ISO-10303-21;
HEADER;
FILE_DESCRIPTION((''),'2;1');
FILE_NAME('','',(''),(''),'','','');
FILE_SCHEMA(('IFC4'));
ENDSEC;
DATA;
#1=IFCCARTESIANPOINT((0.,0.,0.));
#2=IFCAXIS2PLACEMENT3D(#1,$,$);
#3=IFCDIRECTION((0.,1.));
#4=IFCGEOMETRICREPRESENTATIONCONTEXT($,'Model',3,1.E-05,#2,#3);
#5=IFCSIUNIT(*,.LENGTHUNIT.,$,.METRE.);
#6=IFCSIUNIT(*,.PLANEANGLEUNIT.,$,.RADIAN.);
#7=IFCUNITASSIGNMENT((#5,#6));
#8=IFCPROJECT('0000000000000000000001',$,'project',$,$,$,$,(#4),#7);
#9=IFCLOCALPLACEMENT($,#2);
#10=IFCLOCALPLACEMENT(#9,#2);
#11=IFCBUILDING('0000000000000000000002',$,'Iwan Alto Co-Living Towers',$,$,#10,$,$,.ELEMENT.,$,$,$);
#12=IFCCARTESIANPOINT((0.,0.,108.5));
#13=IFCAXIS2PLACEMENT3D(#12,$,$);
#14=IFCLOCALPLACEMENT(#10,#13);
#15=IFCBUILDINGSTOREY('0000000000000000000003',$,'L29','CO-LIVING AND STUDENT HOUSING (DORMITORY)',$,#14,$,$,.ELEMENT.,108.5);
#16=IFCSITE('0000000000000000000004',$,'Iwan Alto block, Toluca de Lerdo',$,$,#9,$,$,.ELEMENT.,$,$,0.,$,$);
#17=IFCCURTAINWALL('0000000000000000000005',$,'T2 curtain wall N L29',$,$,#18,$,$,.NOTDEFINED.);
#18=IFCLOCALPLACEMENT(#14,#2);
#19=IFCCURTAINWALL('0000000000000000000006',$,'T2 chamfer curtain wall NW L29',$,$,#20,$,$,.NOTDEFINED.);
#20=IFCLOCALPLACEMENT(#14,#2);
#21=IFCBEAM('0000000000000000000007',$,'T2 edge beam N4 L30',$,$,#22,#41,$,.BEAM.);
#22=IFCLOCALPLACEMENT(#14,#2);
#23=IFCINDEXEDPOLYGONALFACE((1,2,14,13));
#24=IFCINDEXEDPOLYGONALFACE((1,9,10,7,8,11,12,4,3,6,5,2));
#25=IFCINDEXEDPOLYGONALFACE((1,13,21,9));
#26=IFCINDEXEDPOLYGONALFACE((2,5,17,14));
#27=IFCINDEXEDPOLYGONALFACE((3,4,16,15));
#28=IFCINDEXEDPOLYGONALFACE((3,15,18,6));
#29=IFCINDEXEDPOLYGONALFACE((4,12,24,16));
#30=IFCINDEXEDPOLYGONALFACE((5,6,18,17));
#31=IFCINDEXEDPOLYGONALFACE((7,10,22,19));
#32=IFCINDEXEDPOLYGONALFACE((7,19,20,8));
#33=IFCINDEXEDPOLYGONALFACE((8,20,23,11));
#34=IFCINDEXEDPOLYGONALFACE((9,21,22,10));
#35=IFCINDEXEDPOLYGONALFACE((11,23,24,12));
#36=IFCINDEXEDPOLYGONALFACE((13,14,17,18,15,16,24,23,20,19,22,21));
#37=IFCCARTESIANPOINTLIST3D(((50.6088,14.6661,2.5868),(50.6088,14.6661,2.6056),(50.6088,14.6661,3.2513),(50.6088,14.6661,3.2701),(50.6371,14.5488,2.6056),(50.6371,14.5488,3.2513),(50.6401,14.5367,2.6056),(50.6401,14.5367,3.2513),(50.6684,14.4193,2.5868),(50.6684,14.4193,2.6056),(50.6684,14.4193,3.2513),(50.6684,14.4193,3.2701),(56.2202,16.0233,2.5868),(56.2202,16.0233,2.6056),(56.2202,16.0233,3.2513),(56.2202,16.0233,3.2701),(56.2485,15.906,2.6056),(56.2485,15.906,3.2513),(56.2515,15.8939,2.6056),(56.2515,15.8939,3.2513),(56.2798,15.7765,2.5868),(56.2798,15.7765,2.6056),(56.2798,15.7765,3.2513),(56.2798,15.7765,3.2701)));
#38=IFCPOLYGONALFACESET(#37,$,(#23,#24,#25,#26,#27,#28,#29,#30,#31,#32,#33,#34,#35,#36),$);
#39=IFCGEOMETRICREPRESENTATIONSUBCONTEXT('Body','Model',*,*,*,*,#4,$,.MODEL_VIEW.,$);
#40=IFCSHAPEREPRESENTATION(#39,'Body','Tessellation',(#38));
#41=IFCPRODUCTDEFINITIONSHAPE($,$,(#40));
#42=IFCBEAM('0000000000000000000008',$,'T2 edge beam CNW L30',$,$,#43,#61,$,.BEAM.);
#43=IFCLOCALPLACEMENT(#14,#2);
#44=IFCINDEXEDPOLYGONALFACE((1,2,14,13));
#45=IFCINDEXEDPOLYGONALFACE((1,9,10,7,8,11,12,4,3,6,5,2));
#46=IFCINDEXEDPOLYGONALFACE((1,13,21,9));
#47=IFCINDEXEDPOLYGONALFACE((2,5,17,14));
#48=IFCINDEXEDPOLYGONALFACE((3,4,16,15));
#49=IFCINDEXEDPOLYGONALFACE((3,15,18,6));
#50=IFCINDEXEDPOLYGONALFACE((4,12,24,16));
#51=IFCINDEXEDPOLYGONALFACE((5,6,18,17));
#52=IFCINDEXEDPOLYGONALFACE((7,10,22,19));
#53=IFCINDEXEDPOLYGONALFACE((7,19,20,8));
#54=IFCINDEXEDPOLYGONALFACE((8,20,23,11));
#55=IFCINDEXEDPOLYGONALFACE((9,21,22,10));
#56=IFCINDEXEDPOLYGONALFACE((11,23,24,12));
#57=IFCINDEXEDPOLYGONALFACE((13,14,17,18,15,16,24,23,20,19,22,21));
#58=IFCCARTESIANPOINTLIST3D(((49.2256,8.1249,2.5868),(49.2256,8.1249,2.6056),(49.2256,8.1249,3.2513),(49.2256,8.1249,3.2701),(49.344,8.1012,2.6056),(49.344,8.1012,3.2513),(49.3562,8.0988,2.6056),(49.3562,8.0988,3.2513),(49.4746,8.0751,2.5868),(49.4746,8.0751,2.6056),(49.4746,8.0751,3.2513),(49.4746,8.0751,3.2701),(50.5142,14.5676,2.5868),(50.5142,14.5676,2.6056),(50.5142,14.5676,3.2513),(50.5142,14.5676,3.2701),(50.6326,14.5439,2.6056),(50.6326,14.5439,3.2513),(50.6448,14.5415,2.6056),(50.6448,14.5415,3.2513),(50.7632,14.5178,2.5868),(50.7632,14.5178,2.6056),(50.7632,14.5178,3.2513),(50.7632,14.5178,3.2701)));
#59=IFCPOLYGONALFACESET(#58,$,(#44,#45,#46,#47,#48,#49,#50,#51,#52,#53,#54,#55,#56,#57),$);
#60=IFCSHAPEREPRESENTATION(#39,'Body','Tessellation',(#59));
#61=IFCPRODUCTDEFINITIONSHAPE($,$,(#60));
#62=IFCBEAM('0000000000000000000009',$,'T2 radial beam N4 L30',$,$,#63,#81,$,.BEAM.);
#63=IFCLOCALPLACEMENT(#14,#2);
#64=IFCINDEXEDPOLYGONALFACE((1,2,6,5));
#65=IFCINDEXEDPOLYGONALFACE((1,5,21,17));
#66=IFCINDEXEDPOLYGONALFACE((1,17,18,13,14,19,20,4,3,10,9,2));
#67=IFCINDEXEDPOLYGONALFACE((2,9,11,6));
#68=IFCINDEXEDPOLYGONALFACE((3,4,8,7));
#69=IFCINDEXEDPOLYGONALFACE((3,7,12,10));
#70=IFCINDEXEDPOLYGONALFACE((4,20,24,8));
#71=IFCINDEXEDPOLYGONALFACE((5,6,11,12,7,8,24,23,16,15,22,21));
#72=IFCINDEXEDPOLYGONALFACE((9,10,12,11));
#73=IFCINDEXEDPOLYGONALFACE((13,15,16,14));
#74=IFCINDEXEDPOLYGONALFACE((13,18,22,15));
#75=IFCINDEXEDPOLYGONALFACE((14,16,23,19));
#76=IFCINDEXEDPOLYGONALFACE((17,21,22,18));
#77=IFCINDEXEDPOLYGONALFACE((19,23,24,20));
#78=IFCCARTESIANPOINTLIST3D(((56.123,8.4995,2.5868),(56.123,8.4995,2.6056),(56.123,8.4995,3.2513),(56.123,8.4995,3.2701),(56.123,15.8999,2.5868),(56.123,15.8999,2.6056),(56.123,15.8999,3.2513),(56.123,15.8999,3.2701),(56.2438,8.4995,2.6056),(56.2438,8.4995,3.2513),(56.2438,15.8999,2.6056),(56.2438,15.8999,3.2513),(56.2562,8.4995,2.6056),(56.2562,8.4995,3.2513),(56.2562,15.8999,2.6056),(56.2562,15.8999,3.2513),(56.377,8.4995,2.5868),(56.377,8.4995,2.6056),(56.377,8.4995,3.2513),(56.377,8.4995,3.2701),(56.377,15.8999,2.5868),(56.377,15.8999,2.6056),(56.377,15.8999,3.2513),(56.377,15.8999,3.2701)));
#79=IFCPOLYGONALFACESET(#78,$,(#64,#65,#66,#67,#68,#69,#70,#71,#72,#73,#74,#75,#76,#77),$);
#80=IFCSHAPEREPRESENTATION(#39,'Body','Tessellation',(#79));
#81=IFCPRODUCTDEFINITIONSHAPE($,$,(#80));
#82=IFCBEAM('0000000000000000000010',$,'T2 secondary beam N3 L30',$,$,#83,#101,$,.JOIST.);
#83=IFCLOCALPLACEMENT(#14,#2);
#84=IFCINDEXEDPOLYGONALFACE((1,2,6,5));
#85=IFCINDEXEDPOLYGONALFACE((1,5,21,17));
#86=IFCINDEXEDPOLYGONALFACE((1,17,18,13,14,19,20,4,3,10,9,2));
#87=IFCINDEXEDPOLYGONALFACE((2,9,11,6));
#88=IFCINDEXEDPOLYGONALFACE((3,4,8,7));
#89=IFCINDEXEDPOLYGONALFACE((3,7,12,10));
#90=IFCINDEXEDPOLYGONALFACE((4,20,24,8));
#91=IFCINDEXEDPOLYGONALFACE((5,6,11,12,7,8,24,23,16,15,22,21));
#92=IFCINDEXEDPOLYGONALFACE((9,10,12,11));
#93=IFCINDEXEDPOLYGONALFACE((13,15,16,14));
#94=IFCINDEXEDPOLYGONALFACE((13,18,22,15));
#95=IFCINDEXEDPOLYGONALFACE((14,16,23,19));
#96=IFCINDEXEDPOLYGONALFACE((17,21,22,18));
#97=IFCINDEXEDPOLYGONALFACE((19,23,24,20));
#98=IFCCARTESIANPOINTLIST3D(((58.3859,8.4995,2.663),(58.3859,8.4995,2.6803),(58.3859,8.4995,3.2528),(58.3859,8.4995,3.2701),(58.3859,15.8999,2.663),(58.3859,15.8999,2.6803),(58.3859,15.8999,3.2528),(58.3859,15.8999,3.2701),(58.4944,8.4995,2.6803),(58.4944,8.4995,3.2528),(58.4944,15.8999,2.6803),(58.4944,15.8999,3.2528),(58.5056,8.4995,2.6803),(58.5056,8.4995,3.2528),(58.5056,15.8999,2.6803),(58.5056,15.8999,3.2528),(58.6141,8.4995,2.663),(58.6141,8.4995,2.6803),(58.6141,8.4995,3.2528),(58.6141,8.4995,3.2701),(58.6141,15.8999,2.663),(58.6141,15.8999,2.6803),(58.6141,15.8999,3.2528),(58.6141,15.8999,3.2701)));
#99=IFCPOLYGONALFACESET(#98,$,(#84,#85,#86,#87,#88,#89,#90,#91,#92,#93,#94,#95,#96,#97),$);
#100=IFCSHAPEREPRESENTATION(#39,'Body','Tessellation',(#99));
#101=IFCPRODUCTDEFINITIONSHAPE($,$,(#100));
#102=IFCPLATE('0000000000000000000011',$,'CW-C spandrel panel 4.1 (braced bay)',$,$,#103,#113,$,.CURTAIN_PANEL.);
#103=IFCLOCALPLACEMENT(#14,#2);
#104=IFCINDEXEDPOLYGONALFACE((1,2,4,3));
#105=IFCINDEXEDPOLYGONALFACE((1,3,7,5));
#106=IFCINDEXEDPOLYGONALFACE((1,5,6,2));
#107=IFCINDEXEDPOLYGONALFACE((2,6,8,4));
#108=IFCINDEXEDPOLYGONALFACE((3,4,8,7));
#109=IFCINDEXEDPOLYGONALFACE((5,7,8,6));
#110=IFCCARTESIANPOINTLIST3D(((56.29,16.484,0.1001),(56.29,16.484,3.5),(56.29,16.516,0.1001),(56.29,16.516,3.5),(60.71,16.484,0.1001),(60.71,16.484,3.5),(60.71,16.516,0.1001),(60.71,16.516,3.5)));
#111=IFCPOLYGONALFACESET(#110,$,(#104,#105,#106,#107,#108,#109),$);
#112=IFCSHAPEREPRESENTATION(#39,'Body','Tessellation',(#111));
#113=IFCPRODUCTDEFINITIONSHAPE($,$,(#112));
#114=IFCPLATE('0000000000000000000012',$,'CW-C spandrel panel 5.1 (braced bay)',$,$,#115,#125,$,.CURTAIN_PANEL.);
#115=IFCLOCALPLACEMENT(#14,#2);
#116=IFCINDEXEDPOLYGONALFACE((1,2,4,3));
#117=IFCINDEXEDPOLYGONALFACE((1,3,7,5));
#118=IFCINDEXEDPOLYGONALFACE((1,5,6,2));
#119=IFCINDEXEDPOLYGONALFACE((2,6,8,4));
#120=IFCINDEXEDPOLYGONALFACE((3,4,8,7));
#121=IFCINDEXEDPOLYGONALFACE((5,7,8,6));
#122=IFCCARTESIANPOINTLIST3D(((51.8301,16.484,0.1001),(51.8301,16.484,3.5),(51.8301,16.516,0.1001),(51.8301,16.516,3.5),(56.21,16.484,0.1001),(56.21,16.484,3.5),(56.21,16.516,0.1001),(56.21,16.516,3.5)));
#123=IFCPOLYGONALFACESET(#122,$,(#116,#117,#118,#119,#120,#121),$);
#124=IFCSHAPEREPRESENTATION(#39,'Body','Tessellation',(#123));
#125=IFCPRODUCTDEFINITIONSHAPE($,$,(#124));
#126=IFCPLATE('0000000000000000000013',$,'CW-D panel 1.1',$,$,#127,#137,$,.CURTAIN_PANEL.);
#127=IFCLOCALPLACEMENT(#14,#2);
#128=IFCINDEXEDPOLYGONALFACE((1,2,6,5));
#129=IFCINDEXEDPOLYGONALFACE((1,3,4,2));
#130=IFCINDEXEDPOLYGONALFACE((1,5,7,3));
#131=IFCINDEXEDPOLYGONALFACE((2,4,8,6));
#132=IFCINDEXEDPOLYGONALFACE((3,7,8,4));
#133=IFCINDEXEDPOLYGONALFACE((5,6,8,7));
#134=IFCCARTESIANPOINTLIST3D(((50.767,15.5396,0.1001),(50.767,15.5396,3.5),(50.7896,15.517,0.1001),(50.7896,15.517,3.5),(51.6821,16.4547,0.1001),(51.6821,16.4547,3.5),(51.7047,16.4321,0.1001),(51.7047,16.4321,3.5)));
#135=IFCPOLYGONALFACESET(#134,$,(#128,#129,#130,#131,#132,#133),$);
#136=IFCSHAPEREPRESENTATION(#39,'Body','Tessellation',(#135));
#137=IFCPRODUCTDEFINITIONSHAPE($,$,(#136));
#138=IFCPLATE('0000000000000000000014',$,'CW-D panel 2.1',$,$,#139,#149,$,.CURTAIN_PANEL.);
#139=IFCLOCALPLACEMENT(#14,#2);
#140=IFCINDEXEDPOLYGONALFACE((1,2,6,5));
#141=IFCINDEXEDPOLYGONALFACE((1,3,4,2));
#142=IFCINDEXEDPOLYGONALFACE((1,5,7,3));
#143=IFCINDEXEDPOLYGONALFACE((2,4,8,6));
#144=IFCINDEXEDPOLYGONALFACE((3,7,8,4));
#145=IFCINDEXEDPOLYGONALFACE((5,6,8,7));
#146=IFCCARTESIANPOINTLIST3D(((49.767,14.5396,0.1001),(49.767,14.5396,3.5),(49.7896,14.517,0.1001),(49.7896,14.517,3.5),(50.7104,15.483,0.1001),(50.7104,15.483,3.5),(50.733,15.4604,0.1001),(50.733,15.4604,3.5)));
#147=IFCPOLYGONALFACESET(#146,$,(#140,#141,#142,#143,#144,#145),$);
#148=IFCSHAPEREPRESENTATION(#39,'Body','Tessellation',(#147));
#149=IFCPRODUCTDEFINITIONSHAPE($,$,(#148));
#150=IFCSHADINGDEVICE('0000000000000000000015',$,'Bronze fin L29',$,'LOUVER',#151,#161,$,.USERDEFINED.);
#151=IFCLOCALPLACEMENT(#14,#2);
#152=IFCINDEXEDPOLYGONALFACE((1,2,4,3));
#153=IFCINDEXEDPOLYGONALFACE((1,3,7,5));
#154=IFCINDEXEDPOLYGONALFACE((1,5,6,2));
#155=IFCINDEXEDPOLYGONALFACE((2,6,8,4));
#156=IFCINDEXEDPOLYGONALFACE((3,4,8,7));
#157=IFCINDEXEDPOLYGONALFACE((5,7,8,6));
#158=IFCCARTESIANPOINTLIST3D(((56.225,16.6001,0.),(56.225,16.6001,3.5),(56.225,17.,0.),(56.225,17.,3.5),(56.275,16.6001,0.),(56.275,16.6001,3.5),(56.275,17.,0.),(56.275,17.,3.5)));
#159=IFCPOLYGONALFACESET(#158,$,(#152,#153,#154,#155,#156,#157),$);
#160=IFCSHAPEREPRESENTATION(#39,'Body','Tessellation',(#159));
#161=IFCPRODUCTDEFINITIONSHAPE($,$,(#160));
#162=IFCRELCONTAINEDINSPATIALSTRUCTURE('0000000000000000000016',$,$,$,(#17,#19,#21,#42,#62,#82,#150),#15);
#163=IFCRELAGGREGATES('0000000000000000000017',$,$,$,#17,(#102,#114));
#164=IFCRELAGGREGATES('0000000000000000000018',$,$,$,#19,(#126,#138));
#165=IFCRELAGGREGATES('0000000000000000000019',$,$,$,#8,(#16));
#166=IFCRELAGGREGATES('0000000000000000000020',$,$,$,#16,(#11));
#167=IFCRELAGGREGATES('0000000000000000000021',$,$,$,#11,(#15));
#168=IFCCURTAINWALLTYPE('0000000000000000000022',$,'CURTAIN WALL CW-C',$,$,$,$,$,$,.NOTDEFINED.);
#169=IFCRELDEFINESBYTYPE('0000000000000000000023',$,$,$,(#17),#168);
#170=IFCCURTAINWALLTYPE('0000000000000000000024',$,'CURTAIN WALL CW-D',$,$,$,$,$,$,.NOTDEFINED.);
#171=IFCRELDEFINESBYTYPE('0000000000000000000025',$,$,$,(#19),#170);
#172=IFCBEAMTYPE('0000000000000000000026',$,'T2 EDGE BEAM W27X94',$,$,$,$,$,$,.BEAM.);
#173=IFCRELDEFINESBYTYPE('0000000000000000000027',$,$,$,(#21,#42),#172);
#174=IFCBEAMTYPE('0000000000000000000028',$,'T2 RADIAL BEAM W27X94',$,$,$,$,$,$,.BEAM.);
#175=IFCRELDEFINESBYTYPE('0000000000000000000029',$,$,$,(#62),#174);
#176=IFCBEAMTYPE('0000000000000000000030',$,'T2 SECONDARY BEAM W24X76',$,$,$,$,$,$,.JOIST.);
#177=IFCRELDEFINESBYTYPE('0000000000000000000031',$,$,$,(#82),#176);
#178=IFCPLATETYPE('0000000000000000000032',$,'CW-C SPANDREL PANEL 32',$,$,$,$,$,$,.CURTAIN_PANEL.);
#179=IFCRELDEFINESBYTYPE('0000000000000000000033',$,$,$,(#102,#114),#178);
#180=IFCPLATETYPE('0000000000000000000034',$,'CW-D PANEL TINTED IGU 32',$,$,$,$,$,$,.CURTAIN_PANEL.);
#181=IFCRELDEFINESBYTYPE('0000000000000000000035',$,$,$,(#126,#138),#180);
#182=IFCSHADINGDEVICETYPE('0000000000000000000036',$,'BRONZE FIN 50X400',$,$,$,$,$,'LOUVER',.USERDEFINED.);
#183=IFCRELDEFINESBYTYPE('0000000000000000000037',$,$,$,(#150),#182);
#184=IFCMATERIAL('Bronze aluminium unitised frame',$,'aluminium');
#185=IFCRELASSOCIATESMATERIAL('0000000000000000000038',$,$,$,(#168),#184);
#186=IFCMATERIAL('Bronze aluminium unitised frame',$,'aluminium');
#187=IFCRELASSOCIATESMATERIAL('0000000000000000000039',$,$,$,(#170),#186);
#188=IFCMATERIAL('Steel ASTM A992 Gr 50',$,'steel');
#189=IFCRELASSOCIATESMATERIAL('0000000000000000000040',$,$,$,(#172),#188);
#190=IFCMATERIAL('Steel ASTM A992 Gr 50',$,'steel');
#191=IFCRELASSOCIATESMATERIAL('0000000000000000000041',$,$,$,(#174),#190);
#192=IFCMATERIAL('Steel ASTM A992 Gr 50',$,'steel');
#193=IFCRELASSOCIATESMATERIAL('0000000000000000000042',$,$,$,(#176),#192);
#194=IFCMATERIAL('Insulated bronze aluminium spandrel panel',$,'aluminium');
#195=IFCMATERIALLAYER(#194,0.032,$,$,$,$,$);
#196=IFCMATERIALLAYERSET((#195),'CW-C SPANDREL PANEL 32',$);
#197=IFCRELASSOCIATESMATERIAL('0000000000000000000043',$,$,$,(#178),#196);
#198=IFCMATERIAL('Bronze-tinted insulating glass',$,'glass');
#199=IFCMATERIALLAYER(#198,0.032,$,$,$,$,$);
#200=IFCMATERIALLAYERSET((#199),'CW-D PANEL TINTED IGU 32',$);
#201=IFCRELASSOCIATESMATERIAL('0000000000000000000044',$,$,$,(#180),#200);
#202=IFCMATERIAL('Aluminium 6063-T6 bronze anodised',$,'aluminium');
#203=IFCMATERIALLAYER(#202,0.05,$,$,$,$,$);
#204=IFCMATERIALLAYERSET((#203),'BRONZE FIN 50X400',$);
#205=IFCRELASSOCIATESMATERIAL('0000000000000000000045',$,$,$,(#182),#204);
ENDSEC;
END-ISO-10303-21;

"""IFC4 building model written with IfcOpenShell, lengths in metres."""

from ifc_helpers import new_model, si_unit, direction, frame, origin, origin_2d, place, context, subcontext, project, spatial, rectangle, i_section, extrude, material, layer, layer_set, material_profile, profile_set, type_object, element, aggregate, save


model = new_model("IFC4")

# Units and contexts
model_context = context("Model", 3, precision=1e-05, world=origin(), true_north=direction((0.0, 1.0)))
body_context = subcontext(model_context, "Body", "Model", "MODEL_VIEW")
ifc_project = project(units=[si_unit("LENGTHUNIT", "METRE"), si_unit("PLANEANGLEUNIT", "RADIAN")], contexts=[model_context])

# Site, building, storey
site_placement = place(None, origin())
site = spatial("IfcSite", under=ifc_project, at=site_placement, Name="Iwan Alto block, Toluca de Lerdo", CompositionType="ELEMENT", RefElevation=0.0)
building_placement = place(site_placement, origin())
building = spatial("IfcBuilding", under=site, at=building_placement, Name="Iwan Alto Co-Living Towers", CompositionType="ELEMENT")
storey_placement = place(building_placement, frame((0.0, 0.0, 108.5)))
storey = spatial("IfcBuildingStorey", under=building, at=storey_placement, Name="L29", Description="CO-LIVING AND STUDENT HOUSING (DORMITORY)", CompositionType="ELEMENT", Elevation=108.5)

# Curtain walls
ifc_material_1 = material(Name="Bronze aluminium unitised frame", Category="aluminium")
curtain_wall_type_1 = type_object("IfcCurtainWallType", Name="CURTAIN WALL CW-C", PredefinedType="NOTDEFINED", material=ifc_material_1)
curtain_wall_1_placement = place(storey_placement, origin())
curtain_wall_1 = element("IfcCurtainWall", 1, at=curtain_wall_1_placement, inside=storey, type_object=curtain_wall_type_1, Name="T2 curtain wall N L29", PredefinedType="NOTDEFINED")
ifc_material_2 = material(Name="Bronze aluminium unitised frame", Category="aluminium")
curtain_wall_type_2 = type_object("IfcCurtainWallType", Name="CURTAIN WALL CW-D", PredefinedType="NOTDEFINED", material=ifc_material_2)
curtain_wall_2_placement = place(storey_placement, origin())
curtain_wall_2 = element("IfcCurtainWall", 2, at=curtain_wall_2_placement, inside=storey, type_object=curtain_wall_type_2, Name="T2 chamfer curtain wall NW L29", PredefinedType="NOTDEFINED")

# Beams
ifc_material_3 = material(Name="Steel ASTM A992 Gr 50", Category="steel")
ifc_material_profile_1 = material_profile(ifc_material_3, i_section(OverallWidth=0.2539, OverallDepth=0.6833, WebThickness=0.0125, FlangeThickness=0.0188, at=origin_2d()), Name="W27X94")
ifc_profile_set_1 = profile_set([ifc_material_profile_1], Name="Steel ASTM A992 Gr 50")
beam_type_1 = type_object("IfcBeamType", Name="T2 EDGE BEAM W27X94", PredefinedType="BEAM", material=ifc_profile_set_1)
beam_1_placement = place(storey_placement, frame((56.25, 15.8999, 2.9285), z_axis=(-0.971975, -0.235086, 0.0), x_axis=(0.235086, -0.971975, 0.0)))
element("IfcBeam", 3, at=beam_1_placement, inside=storey, type_object=beam_type_1, Name="T2 edge beam N4 L30", PredefinedType="BEAM", context=body_context, shape_type="SweptSolid", body=[
    extrude(i_section(OverallWidth=0.2539, OverallDepth=0.6833, WebThickness=0.0125, FlangeThickness=0.0188, at=origin_2d()), origin(), (0.0, 0.0, 1.0), 5.7732),
])
beam_2_placement = place(storey_placement, frame((50.6387, 14.5427, 2.9285), z_axis=(-0.196123, -0.980579, 0.0), x_axis=(0.980579, -0.196123, 0.0)))
element("IfcBeam", 4, at=beam_2_placement, inside=storey, type_object=beam_type_1, Name="T2 edge beam CNW L30", PredefinedType="BEAM", context=body_context, shape_type="SweptSolid", body=[
    extrude(i_section(OverallWidth=0.2539, OverallDepth=0.6833, WebThickness=0.0125, FlangeThickness=0.0188, at=origin_2d()), origin(), (0.0, 0.0, 1.0), 6.5703),
])
ifc_material_4 = material(Name="Steel ASTM A992 Gr 50", Category="steel")
ifc_material_profile_2 = material_profile(ifc_material_4, i_section(OverallWidth=0.2539, OverallDepth=0.6833, WebThickness=0.0125, FlangeThickness=0.0188, at=origin_2d()), Name="W27X94")
ifc_profile_set_2 = profile_set([ifc_material_profile_2], Name="Steel ASTM A992 Gr 50")
beam_type_2 = type_object("IfcBeamType", Name="T2 RADIAL BEAM W27X94", PredefinedType="BEAM", material=ifc_profile_set_2)
beam_3_placement = place(storey_placement, frame((56.25, 15.8999, 2.9285), z_axis=(0.0, -1.0, 0.0), x_axis=(1.0, 0.0, 0.0)))
element("IfcBeam", 5, at=beam_3_placement, inside=storey, type_object=beam_type_2, Name="T2 radial beam N4 L30", PredefinedType="BEAM", context=body_context, shape_type="SweptSolid", body=[
    extrude(i_section(OverallWidth=0.2539, OverallDepth=0.6833, WebThickness=0.0125, FlangeThickness=0.0188, at=origin_2d()), origin(), (0.0, 0.0, 1.0), 7.4004),
])
ifc_material_5 = material(Name="Steel ASTM A992 Gr 50", Category="steel")
ifc_material_profile_3 = material_profile(ifc_material_5, i_section(OverallWidth=0.2283, OverallDepth=0.6072, WebThickness=0.0112, FlangeThickness=0.0173, at=origin_2d()), Name="W24X76")
ifc_profile_set_3 = profile_set([ifc_material_profile_3], Name="Steel ASTM A992 Gr 50")
beam_type_3 = type_object("IfcBeamType", Name="T2 SECONDARY BEAM W24X76", PredefinedType="JOIST", material=ifc_profile_set_3)
beam_4_placement = place(storey_placement, frame((58.5, 15.8999, 2.9666), z_axis=(0.0, -1.0, 0.0), x_axis=(1.0, 0.0, 0.0)))
element("IfcBeam", 6, at=beam_4_placement, inside=storey, type_object=beam_type_3, Name="T2 secondary beam N3 L30", PredefinedType="JOIST", context=body_context, shape_type="SweptSolid", body=[
    extrude(i_section(OverallWidth=0.2283, OverallDepth=0.6072, WebThickness=0.0112, FlangeThickness=0.0173, at=origin_2d()), origin(), (0.0, 0.0, 1.0), 7.4004),
])

# Plates
ifc_material_6 = material(Name="Insulated bronze aluminium spandrel panel", Category="aluminium")
ifc_layer_1 = layer(ifc_material_6, 0.032)
ifc_layer_set_1 = layer_set([ifc_layer_1], Name="CW-C SPANDREL PANEL 32")
plate_type_1 = type_object("IfcPlateType", Name="CW-C SPANDREL PANEL 32", PredefinedType="CURTAIN_PANEL", material=ifc_layer_set_1)
plate_1_placement = place(storey_placement, frame((58.5, 16.5, 0.1001), z_axis=(0.0, 0.0, 1.0), x_axis=(-1.0, 0.0, 0.0)))
plate_1 = element("IfcPlate", 7, at=plate_1_placement, type_object=plate_type_1, Name="CW-C spandrel panel 4.1 (braced bay)", PredefinedType="CURTAIN_PANEL", context=body_context, shape_type="SweptSolid", body=[
    extrude(rectangle(XDim=4.4199, YDim=0.032, at=origin_2d()), origin(), (0.0, 0.0, 1.0), 3.3999),
])
plate_2_placement = place(storey_placement, frame((54.02, 16.5, 0.1001), z_axis=(0.0, 0.0, 1.0), x_axis=(-1.0, 0.0, 0.0)))
plate_2 = element("IfcPlate", 8, at=plate_2_placement, type_object=plate_type_1, Name="CW-C spandrel panel 5.1 (braced bay)", PredefinedType="CURTAIN_PANEL", context=body_context, shape_type="SweptSolid", body=[
    extrude(rectangle(XDim=4.3799, YDim=0.032, at=origin_2d()), origin(), (0.0, 0.0, 1.0), 3.3999),
])
aggregate(curtain_wall_1, [plate_1, plate_2])
ifc_material_7 = material(Name="Bronze-tinted insulating glass", Category="glass")
ifc_layer_2 = layer(ifc_material_7, 0.032)
ifc_layer_set_2 = layer_set([ifc_layer_2], Name="CW-D PANEL TINTED IGU 32")
plate_type_2 = type_object("IfcPlateType", Name="CW-D PANEL TINTED IGU 32", PredefinedType="CURTAIN_PANEL", material=ifc_layer_set_2)
plate_3_placement = place(storey_placement, frame((51.2358, 15.9858, 0.1001), z_axis=(0.0, 0.0, 1.0), x_axis=(-0.707107, -0.707107, 0.0)))
plate_3 = element("IfcPlate", 9, at=plate_3_placement, type_object=plate_type_2, Name="CW-D panel 1.1", PredefinedType="CURTAIN_PANEL", context=body_context, shape_type="SweptSolid", body=[
    extrude(rectangle(XDim=1.2942, YDim=0.032, at=origin_2d()), origin(), (0.0, 0.0, 1.0), 3.3999),
])
plate_4_placement = place(storey_placement, frame((50.25, 15.0, 0.1001), z_axis=(0.0, 0.0, 1.0), x_axis=(-0.707107, -0.707107, 0.0)))
plate_4 = element("IfcPlate", 10, at=plate_4_placement, type_object=plate_type_2, Name="CW-D panel 2.1", PredefinedType="CURTAIN_PANEL", context=body_context, shape_type="SweptSolid", body=[
    extrude(rectangle(XDim=1.3342, YDim=0.032, at=origin_2d()), origin(), (0.0, 0.0, 1.0), 3.3999),
])
aggregate(curtain_wall_2, [plate_3, plate_4])

# Shading device
ifc_material_8 = material(Name="Aluminium 6063-T6 bronze anodised", Category="aluminium")
ifc_layer_3 = layer(ifc_material_8, 0.05)
ifc_layer_set_3 = layer_set([ifc_layer_3], Name="BRONZE FIN 50X400")
shading_device_type = type_object("IfcShadingDeviceType", Name="BRONZE FIN 50X400", ElementType="LOUVER", PredefinedType="USERDEFINED", material=ifc_layer_set_3)
shading_device_placement = place(storey_placement, frame((56.25, 16.8, 0.0), z_axis=(0.0, 0.0, 1.0), x_axis=(-1.0, 0.0, 0.0)))
element("IfcShadingDevice", 11, at=shading_device_placement, inside=storey, type_object=shading_device_type, Name="Bronze fin L29", ObjectType="LOUVER", PredefinedType="USERDEFINED", context=body_context, shape_type="SweptSolid", body=[
    extrude(rectangle(XDim=0.05, YDim=0.3999, at=origin_2d()), origin(), (0.0, 0.0, 1.0), 3.5),
])

save(model, "model.ifc")
